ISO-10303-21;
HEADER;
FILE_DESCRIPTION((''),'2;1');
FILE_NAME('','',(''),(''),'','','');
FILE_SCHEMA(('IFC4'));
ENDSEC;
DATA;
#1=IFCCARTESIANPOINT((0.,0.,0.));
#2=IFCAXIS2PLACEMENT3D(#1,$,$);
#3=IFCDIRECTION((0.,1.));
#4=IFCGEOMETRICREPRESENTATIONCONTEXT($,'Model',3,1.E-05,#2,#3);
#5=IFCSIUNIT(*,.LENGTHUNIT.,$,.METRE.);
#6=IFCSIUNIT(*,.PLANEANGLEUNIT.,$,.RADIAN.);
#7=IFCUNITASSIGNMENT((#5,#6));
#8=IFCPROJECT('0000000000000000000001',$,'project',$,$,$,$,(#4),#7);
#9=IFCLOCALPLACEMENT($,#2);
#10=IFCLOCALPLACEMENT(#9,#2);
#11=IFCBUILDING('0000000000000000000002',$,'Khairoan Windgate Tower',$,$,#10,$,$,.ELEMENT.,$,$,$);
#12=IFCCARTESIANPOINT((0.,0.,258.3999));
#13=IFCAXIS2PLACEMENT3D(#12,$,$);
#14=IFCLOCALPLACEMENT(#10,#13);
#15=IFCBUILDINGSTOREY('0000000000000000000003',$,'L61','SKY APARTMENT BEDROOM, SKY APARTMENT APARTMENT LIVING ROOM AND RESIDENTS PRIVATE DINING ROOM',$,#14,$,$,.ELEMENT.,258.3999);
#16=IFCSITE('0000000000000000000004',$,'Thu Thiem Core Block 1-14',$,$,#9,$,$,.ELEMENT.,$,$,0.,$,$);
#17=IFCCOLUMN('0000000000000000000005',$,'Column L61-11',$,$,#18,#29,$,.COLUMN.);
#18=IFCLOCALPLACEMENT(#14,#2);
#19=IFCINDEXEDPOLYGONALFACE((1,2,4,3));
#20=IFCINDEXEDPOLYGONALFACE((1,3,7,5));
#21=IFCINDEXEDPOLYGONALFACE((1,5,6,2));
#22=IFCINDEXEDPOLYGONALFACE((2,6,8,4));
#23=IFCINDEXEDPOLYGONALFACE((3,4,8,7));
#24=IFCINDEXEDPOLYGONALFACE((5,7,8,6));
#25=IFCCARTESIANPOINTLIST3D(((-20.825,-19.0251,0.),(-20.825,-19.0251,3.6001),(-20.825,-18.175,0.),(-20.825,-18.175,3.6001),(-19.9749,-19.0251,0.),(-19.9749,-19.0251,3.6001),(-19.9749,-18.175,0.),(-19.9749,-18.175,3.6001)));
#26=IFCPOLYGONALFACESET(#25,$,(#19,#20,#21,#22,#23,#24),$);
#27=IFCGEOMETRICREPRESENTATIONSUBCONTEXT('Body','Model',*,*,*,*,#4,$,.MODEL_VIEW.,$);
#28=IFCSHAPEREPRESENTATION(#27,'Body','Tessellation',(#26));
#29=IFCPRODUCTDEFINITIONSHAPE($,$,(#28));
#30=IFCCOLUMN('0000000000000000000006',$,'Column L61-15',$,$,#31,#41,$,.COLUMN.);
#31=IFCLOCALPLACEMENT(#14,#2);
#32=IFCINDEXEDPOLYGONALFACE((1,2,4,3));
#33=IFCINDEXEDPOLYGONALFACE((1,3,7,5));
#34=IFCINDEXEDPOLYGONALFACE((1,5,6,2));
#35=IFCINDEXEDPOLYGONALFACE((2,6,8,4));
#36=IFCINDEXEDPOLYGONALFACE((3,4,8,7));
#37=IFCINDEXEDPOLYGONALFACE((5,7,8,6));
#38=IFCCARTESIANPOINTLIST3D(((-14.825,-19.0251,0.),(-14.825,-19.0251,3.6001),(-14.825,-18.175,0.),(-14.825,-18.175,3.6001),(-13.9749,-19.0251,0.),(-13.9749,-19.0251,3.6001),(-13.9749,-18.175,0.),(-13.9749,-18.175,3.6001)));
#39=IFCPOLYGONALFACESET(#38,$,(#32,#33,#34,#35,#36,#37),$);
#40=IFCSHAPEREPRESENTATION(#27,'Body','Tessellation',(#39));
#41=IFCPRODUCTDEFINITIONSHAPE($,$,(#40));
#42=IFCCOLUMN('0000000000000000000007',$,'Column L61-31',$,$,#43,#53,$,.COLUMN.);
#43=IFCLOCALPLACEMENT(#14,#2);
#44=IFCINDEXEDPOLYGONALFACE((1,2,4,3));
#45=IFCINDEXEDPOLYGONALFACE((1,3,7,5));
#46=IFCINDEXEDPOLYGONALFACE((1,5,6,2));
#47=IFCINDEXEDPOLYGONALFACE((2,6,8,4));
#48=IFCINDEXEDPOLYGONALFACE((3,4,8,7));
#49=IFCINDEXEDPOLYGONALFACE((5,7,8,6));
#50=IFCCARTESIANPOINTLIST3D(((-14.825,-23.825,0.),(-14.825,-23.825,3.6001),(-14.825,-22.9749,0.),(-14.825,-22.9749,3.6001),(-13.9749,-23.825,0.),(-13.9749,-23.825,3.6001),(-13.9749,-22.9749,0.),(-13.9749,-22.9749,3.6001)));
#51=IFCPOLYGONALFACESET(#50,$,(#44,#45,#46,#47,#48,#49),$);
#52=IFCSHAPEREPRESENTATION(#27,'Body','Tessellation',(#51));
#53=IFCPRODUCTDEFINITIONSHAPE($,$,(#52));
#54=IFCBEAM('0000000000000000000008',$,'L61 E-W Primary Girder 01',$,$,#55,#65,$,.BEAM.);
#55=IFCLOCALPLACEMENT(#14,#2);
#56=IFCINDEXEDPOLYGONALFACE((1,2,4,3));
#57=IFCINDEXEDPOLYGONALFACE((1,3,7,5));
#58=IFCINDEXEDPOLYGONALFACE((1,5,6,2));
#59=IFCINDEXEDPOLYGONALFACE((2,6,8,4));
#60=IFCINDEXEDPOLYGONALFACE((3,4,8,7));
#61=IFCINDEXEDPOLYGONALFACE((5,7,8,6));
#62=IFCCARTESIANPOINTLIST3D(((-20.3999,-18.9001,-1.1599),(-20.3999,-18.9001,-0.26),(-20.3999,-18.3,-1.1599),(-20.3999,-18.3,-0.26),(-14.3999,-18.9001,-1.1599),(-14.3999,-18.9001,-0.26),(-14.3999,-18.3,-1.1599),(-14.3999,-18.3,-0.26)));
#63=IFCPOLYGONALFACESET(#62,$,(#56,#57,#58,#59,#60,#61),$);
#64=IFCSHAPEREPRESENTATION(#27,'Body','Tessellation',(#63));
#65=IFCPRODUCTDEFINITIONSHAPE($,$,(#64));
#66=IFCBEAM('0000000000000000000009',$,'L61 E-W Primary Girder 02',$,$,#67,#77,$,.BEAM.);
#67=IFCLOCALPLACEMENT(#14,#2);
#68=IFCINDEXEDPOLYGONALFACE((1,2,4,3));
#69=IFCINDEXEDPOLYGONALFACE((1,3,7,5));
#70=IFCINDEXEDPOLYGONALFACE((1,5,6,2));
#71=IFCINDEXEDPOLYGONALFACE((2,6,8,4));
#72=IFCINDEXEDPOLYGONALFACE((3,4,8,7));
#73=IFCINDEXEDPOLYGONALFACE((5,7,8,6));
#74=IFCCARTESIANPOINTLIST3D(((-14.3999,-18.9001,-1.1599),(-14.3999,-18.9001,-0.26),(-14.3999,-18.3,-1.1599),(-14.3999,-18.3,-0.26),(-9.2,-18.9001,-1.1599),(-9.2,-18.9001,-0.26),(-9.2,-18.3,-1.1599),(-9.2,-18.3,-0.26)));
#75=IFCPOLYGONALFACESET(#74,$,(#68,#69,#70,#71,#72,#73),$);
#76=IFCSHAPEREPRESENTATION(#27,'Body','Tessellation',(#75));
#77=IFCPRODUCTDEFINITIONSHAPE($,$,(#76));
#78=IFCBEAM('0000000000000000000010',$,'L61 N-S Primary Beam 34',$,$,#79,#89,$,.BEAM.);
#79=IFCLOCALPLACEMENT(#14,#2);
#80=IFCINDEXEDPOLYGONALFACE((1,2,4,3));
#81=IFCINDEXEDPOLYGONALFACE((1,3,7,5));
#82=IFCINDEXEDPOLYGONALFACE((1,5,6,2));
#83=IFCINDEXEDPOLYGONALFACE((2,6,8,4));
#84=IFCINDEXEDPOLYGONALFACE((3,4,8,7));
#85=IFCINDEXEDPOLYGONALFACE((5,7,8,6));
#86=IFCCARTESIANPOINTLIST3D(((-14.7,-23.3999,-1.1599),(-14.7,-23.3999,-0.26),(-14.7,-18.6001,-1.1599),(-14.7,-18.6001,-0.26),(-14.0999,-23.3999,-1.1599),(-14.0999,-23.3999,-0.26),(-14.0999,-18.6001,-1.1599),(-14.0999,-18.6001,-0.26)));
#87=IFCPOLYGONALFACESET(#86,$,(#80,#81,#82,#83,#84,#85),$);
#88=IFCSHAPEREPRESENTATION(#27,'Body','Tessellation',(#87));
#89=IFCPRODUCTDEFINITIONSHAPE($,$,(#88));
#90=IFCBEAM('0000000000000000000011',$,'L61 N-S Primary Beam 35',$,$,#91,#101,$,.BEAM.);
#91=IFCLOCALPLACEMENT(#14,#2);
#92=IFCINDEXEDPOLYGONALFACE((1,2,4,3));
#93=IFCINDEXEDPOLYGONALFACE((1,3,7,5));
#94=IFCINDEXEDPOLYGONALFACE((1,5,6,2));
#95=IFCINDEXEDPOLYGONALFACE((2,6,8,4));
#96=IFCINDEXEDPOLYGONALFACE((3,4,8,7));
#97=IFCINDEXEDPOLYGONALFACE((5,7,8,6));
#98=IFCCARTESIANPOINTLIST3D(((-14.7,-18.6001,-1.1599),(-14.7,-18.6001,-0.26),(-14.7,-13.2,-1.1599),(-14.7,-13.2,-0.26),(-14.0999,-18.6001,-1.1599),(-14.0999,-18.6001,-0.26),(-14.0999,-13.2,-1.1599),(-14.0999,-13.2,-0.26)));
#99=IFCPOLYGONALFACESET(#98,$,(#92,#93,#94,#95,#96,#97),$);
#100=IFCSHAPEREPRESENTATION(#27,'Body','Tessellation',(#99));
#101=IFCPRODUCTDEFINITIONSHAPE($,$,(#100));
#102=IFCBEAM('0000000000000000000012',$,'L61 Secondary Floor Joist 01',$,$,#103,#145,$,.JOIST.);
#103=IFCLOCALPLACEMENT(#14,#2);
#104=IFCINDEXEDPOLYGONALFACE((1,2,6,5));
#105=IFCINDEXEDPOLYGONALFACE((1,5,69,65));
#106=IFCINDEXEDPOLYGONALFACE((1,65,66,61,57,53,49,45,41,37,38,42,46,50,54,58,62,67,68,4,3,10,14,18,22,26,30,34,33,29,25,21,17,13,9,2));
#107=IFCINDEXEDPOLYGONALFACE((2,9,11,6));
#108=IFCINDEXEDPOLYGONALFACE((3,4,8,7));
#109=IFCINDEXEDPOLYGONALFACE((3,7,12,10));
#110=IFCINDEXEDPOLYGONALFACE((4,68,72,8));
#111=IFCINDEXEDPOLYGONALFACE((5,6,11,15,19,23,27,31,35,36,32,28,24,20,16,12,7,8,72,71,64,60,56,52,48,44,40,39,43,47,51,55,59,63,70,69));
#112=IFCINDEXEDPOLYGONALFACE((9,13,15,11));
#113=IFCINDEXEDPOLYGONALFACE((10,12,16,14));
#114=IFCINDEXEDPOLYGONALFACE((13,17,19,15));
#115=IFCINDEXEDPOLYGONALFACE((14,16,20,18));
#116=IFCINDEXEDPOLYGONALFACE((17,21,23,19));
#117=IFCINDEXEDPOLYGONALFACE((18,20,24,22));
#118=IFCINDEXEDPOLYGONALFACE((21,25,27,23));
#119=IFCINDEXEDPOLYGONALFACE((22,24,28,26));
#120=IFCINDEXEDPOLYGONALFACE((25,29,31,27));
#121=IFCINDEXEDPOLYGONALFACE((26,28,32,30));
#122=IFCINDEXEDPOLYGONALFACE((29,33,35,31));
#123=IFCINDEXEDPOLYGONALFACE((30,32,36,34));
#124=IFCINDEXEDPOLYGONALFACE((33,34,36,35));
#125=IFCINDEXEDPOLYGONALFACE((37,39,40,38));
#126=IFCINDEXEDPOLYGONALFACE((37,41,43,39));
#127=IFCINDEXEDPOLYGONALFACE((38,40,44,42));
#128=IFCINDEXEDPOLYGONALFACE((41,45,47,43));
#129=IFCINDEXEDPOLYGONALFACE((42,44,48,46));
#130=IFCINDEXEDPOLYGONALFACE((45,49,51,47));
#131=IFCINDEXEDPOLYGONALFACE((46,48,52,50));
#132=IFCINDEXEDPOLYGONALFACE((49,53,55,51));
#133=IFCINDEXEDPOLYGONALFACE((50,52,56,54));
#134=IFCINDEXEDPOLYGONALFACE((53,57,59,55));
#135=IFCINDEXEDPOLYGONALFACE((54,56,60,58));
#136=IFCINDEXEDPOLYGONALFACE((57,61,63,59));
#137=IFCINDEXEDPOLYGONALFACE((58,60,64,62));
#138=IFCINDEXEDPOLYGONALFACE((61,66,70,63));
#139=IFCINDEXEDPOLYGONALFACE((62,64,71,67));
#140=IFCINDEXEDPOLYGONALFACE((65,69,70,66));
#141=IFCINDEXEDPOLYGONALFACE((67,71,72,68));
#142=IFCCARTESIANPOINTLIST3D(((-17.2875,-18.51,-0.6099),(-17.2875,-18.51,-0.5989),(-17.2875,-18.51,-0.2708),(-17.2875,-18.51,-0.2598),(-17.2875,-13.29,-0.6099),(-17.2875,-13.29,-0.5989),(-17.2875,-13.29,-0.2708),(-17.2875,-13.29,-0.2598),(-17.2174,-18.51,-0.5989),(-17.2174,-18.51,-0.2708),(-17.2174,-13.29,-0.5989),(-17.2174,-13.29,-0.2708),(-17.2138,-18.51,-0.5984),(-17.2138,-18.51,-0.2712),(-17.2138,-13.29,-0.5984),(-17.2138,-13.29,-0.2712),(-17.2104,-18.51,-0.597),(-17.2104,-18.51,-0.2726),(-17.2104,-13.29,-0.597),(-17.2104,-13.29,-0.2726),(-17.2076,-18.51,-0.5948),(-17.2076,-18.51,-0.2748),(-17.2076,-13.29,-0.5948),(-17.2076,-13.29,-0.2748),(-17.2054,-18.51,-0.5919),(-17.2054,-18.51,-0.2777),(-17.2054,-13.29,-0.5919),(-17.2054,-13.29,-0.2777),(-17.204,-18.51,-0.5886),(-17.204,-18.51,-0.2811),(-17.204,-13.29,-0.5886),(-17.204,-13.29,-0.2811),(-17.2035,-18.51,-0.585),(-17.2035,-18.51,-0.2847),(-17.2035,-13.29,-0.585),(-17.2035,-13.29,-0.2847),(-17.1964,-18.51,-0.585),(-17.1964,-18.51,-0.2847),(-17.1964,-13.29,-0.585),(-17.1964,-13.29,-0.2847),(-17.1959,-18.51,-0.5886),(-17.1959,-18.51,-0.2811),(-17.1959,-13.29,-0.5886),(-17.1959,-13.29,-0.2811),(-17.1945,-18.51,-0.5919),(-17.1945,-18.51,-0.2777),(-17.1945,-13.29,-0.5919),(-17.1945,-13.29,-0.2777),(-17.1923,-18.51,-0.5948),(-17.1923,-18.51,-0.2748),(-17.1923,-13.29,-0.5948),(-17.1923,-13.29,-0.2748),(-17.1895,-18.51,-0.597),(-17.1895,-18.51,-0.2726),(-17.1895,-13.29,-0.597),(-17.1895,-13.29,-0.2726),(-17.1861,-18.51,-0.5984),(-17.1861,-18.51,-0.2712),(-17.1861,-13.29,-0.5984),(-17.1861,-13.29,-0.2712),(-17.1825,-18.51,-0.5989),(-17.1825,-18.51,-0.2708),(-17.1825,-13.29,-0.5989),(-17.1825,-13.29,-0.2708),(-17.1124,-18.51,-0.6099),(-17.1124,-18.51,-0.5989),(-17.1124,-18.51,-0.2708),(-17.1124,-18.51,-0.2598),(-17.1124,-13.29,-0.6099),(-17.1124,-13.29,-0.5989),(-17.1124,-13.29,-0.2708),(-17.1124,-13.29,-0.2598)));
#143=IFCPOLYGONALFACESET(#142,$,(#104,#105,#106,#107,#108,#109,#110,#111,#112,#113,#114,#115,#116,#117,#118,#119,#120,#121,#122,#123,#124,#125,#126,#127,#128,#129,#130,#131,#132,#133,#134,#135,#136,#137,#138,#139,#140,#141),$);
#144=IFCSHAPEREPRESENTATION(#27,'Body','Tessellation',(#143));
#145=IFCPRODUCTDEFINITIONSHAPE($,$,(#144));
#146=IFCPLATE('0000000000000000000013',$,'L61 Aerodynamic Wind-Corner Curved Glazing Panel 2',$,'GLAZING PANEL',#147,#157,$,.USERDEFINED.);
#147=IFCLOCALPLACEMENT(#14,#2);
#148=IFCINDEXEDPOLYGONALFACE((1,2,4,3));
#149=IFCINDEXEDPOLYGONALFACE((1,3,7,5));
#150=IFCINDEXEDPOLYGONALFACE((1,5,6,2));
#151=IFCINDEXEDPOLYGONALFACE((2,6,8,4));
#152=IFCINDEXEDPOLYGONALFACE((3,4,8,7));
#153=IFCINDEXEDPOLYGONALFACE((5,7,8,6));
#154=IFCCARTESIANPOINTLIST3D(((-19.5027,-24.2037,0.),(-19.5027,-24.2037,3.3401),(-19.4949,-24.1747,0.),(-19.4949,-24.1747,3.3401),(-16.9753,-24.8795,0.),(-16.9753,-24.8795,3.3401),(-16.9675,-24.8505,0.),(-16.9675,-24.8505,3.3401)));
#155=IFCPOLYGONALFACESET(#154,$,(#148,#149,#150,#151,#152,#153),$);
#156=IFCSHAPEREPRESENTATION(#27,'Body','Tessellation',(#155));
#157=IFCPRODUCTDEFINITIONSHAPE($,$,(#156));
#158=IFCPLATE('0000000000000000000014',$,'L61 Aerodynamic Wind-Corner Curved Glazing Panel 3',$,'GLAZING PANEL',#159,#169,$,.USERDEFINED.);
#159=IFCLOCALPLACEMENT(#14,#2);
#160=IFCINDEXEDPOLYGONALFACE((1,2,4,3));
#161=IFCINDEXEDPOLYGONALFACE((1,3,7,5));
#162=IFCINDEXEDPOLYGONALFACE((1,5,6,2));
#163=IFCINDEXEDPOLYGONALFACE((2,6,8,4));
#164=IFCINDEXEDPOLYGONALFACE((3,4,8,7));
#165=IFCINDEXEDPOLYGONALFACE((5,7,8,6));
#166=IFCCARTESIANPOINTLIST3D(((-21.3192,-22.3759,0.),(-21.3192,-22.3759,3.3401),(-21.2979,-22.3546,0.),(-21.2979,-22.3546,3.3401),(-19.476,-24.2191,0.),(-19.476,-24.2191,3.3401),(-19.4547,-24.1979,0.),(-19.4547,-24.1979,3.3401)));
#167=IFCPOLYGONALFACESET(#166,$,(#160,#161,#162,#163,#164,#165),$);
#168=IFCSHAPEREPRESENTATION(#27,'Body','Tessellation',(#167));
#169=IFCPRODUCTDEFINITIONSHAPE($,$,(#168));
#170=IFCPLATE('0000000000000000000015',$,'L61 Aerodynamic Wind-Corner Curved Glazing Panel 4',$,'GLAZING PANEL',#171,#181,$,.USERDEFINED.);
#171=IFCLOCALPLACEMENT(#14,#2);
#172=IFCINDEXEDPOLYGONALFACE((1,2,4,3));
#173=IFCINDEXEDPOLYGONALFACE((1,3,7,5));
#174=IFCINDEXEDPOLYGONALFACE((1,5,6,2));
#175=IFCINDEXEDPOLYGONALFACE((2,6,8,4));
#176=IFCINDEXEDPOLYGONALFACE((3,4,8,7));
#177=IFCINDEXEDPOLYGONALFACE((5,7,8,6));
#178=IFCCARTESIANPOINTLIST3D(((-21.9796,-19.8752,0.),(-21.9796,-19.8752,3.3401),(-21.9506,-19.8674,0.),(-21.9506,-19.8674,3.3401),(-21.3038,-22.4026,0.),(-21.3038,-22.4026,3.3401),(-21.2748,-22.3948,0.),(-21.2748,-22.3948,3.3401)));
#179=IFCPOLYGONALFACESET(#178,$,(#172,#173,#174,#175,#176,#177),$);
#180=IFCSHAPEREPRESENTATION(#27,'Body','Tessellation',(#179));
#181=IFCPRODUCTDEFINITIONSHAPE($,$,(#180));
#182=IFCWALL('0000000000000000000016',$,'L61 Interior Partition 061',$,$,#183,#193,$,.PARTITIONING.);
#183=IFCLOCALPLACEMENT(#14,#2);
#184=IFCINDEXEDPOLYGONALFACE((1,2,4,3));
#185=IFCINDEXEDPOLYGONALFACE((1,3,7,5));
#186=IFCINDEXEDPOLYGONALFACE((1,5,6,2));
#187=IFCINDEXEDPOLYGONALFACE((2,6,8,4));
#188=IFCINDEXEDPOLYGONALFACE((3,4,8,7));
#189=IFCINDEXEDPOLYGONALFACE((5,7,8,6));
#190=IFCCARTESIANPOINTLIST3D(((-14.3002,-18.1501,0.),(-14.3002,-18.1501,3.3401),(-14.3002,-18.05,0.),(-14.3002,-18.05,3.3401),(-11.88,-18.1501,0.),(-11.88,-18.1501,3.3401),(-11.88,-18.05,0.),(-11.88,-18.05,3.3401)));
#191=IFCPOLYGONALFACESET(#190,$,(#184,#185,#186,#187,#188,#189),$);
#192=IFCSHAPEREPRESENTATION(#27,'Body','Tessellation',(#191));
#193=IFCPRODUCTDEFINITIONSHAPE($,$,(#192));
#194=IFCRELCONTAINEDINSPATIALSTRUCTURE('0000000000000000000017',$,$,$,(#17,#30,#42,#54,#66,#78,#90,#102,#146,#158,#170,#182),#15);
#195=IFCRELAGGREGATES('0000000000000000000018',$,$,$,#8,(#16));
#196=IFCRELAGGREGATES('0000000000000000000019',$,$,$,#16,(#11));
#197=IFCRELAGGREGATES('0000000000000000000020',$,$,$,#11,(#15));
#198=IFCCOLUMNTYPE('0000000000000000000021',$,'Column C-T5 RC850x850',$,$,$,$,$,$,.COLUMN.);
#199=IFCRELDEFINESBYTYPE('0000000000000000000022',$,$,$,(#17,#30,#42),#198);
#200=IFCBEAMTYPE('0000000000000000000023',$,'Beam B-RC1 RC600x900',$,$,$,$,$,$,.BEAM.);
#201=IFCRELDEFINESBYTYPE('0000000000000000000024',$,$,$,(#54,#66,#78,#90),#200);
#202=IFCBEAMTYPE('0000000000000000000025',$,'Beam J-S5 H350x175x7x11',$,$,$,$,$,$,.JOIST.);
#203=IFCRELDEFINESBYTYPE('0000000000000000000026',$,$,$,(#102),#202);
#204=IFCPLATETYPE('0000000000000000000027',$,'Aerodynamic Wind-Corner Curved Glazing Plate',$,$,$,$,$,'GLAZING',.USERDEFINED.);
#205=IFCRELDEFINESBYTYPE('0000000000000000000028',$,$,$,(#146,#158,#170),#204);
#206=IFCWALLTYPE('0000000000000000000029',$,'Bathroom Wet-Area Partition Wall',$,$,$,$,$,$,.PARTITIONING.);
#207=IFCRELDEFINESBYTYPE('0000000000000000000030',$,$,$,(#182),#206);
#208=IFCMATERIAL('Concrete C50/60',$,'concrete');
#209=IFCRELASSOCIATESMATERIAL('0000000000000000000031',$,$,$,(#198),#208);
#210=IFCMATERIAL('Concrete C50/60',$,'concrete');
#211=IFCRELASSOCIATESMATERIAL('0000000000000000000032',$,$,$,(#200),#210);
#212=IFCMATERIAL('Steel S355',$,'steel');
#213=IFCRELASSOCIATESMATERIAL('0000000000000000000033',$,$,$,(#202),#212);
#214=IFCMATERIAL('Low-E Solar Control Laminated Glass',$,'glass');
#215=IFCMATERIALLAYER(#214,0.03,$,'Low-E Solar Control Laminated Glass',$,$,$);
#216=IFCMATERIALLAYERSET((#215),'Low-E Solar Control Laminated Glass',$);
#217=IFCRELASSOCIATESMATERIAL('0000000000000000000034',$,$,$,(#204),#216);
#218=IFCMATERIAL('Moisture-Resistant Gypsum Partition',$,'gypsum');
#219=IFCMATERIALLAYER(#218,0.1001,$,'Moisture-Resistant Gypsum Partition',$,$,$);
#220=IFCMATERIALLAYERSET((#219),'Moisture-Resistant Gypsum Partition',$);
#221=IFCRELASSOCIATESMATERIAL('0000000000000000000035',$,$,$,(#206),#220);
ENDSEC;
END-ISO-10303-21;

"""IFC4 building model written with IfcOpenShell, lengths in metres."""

from ifc_helpers import new_model, si_unit, direction, frame, frame_2d, origin, origin_2d, place, context, subcontext, project, spatial, rectangle, i_section, extrude, material, layer, layer_set, material_profile, profile_set, type_object, element, save


model = new_model("IFC4")

# Units and contexts
model_context = context("Model", 3, precision=1e-05, world=origin(), true_north=direction((0.0, 1.0)))
body_context = subcontext(model_context, "Body", "Model", "MODEL_VIEW")
ifc_project = project(units=[si_unit("LENGTHUNIT", "METRE"), si_unit("PLANEANGLEUNIT", "RADIAN")], contexts=[model_context])

# Site, building, storey
site_placement = place(None, origin())
site = spatial("IfcSite", under=ifc_project, at=site_placement, Name="Thu Thiem Core Block 1-14", CompositionType="ELEMENT", RefElevation=0.0)
building_placement = place(site_placement, origin())
building = spatial("IfcBuilding", under=site, at=building_placement, Name="Khairoan Windgate Tower", CompositionType="ELEMENT")
storey_placement = place(building_placement, frame((0.0, 0.0, 258.3999)))
storey = spatial("IfcBuildingStorey", under=building, at=storey_placement, Name="L61", Description="SKY APARTMENT BEDROOM, SKY APARTMENT APARTMENT LIVING ROOM AND RESIDENTS PRIVATE DINING ROOM", CompositionType="ELEMENT", Elevation=258.3999)

# Columns
ifc_material_1 = material(Name="Concrete C50/60", Category="concrete")
ifc_material_profile_1 = material_profile(ifc_material_1, rectangle(XDim=0.8501, YDim=0.8501, at=origin_2d()))
ifc_profile_set_1 = profile_set([ifc_material_profile_1], Name="Concrete C50/60")
column_type = type_object("IfcColumnType", Name="Column C-T5 RC850x850", PredefinedType="COLUMN", material=ifc_profile_set_1)
for number, where, z_axis, x_axis, name in (
    (1, (-20.3999, -18.6001, 0.0), (0.0, 0.0, 1.0), (1.0, 0.0, 0.0), "Column L61-11"),
    (2, (-14.3999, -18.6001, 0.0), (0.0, 0.0, 1.0), (1.0, 0.0, 0.0), "Column L61-15"),
    (3, (-14.3999, -23.3999, 0.0), (0.0, 0.0, 1.0), (1.0, 0.0, 0.0), "Column L61-31"),
):
    element("IfcColumn", number, at=place(storey_placement, frame(where, z_axis=z_axis, x_axis=x_axis)), inside=storey, type_object=column_type, Name=name, PredefinedType="COLUMN", context=body_context, shape_type="SweptSolid", body=[
        extrude(rectangle(XDim=0.8501, YDim=0.8501, at=origin_2d()), origin(), (0.0, 0.0, 1.0), 3.6001),
    ])

# Beams
ifc_material_2 = material(Name="Concrete C50/60", Category="concrete")
ifc_material_profile_2 = material_profile(ifc_material_2, rectangle(XDim=0.6001, YDim=0.8999, at=origin_2d()))
ifc_profile_set_2 = profile_set([ifc_material_profile_2], Name="Concrete C50/60")
beam_type_1 = type_object("IfcBeamType", Name="Beam B-RC1 RC600x900", PredefinedType="BEAM", material=ifc_profile_set_2)
beam_1_placement = place(storey_placement, frame((-20.3999, -18.6001, -0.71), z_axis=(1.0, 0.0, 0.0), x_axis=(0.0, 1.0, 0.0)))
element("IfcBeam", 4, at=beam_1_placement, inside=storey, type_object=beam_type_1, Name="L61 E-W Primary Girder 01", PredefinedType="BEAM", context=body_context, shape_type="SweptSolid", body=[
    extrude(rectangle(XDim=0.6001, YDim=0.8999, at=origin_2d()), origin(), (0.0, 0.0, 1.0), 6.0),
])
beam_2_placement = place(storey_placement, frame((-14.3999, -18.6001, -0.71), z_axis=(1.0, 0.0, 0.0), x_axis=(0.0, 1.0, 0.0)))
element("IfcBeam", 5, at=beam_2_placement, inside=storey, type_object=beam_type_1, Name="L61 E-W Primary Girder 02", PredefinedType="BEAM", context=body_context, shape_type="SweptSolid", body=[
    extrude(rectangle(XDim=0.6001, YDim=0.8999, at=origin_2d()), origin(), (0.0, 0.0, 1.0), 5.2),
])
beam_3_placement = place(storey_placement, frame((-14.3999, -23.3999, -0.71), z_axis=(0.0, 1.0, 0.0), x_axis=(-1.0, 0.0, 0.0)))
element("IfcBeam", 6, at=beam_3_placement, inside=storey, type_object=beam_type_1, Name="L61 N-S Primary Beam 34", PredefinedType="BEAM", context=body_context, shape_type="SweptSolid", body=[
    extrude(rectangle(XDim=0.6001, YDim=0.8999, at=origin_2d()), origin(), (0.0, 0.0, 1.0), 4.7998),
])
beam_4_placement = place(storey_placement, frame((-14.3999, -18.6001, -0.71), z_axis=(0.0, 1.0, 0.0), x_axis=(-1.0, 0.0, 0.0)))
element("IfcBeam", 7, at=beam_4_placement, inside=storey, type_object=beam_type_1, Name="L61 N-S Primary Beam 35", PredefinedType="BEAM", context=body_context, shape_type="SweptSolid", body=[
    extrude(rectangle(XDim=0.6001, YDim=0.8999, at=origin_2d()), origin(), (0.0, 0.0, 1.0), 5.4001),
])
ifc_material_3 = material(Name="Steel S355", Category="steel")
ifc_material_profile_3 = material_profile(ifc_material_3, i_section(OverallWidth=0.175, OverallDepth=0.3501, WebThickness=0.0071, FlangeThickness=0.011, FilletRadius=0.0139, at=origin_2d()))
ifc_profile_set_3 = profile_set([ifc_material_profile_3], Name="Steel S355")
beam_type_2 = type_object("IfcBeamType", Name="Beam J-S5 H350x175x7x11", PredefinedType="JOIST", material=ifc_profile_set_3)
beam_5_placement = place(storey_placement, frame((-17.2, -18.51, -0.4348), z_axis=(0.0, 1.0, 0.0), x_axis=(-1.0, 0.0, 0.0)))
element("IfcBeam", 8, at=beam_5_placement, inside=storey, type_object=beam_type_2, Name="L61 Secondary Floor Joist 01", PredefinedType="JOIST", context=body_context, shape_type="SweptSolid", body=[
    extrude(i_section(OverallWidth=0.175, OverallDepth=0.3501, WebThickness=0.0071, FlangeThickness=0.011, FilletRadius=0.0139, at=origin_2d()), origin(), (0.0, 0.0, 1.0), 5.22),
])

# Plates
ifc_material_4 = material(Name="Low-E Solar Control Laminated Glass", Category="glass")
ifc_layer_1 = layer(ifc_material_4, 0.03, Name="Low-E Solar Control Laminated Glass")
ifc_layer_set_1 = layer_set([ifc_layer_1], Name="Low-E Solar Control Laminated Glass")
plate_type_1 = type_object("IfcPlateType", Name="Aerodynamic Wind-Corner Curved Glazing Plate", ElementType="GLAZING", PredefinedType="USERDEFINED", material=ifc_layer_set_1)
plate_1_placement = place(storey_placement, frame((-18.2351, -24.5271, 0.0), z_axis=(0.0, 0.0, 1.0), x_axis=(-0.966061, 0.258313, 0.0)))
element("IfcPlate", 9, at=plate_1_placement, inside=storey, type_object=plate_type_1, Name="L61 Aerodynamic Wind-Corner Curved Glazing Panel 2", ObjectType="GLAZING PANEL", PredefinedType="USERDEFINED", context=body_context, shape_type="SweptSolid", body=[
    extrude(rectangle(XDim=2.6162, YDim=0.03, at=origin_2d()), origin(), (0.0, 0.0, 1.0), 3.3401),
])
plate_2_placement = place(storey_placement, frame((-20.387, -23.2869, 0.0), z_axis=(0.0, 0.0, 1.0), x_axis=(-0.707107, 0.707107, 0.0)))
element("IfcPlate", 10, at=plate_2_placement, inside=storey, type_object=plate_type_1, Name="L61 Aerodynamic Wind-Corner Curved Glazing Panel 3", ObjectType="GLAZING PANEL", PredefinedType="USERDEFINED", context=body_context, shape_type="SweptSolid", body=[
    extrude(rectangle(XDim=2.6067, YDim=0.03, at=origin_2d()), origin(), (0.0, 0.0, 1.0), 3.3401),
])
plate_3_placement = place(storey_placement, frame((-21.6272, -21.135, 0.0), z_axis=(0.0, 0.0, 1.0), x_axis=(-0.258313, 0.966061, 0.0)))
element("IfcPlate", 11, at=plate_3_placement, inside=storey, type_object=plate_type_1, Name="L61 Aerodynamic Wind-Corner Curved Glazing Panel 4", ObjectType="GLAZING PANEL", PredefinedType="USERDEFINED", context=body_context, shape_type="SweptSolid", body=[
    extrude(rectangle(XDim=2.6162, YDim=0.03, at=origin_2d()), origin(), (0.0, 0.0, 1.0), 3.3401),
])

# Wall
ifc_material_5 = material(Name="Moisture-Resistant Gypsum Partition", Category="gypsum")
ifc_layer_2 = layer(ifc_material_5, 0.1001, Name="Moisture-Resistant Gypsum Partition")
ifc_layer_set_2 = layer_set([ifc_layer_2], Name="Moisture-Resistant Gypsum Partition")
wall_type_1 = type_object("IfcWallType", Name="Bathroom Wet-Area Partition Wall", PredefinedType="PARTITIONING", material=ifc_layer_set_2)
wall_1_placement = place(storey_placement, frame((-14.3, -18.1001, 0.0), z_axis=(0.0, 0.0, 1.0), x_axis=(1.0, 0.0, 0.0)))
element("IfcWall", 12, at=wall_1_placement, inside=storey, type_object=wall_type_1, Name="L61 Interior Partition 061", PredefinedType="PARTITIONING", context=body_context, shape_type="SweptSolid", body=[
    extrude(rectangle(XDim=2.4202, YDim=0.1001, at=frame_2d((1.21, 0.0))), origin(), (0.0, 0.0, 1.0), 3.3401),
])

save(model, "model.ifc")
